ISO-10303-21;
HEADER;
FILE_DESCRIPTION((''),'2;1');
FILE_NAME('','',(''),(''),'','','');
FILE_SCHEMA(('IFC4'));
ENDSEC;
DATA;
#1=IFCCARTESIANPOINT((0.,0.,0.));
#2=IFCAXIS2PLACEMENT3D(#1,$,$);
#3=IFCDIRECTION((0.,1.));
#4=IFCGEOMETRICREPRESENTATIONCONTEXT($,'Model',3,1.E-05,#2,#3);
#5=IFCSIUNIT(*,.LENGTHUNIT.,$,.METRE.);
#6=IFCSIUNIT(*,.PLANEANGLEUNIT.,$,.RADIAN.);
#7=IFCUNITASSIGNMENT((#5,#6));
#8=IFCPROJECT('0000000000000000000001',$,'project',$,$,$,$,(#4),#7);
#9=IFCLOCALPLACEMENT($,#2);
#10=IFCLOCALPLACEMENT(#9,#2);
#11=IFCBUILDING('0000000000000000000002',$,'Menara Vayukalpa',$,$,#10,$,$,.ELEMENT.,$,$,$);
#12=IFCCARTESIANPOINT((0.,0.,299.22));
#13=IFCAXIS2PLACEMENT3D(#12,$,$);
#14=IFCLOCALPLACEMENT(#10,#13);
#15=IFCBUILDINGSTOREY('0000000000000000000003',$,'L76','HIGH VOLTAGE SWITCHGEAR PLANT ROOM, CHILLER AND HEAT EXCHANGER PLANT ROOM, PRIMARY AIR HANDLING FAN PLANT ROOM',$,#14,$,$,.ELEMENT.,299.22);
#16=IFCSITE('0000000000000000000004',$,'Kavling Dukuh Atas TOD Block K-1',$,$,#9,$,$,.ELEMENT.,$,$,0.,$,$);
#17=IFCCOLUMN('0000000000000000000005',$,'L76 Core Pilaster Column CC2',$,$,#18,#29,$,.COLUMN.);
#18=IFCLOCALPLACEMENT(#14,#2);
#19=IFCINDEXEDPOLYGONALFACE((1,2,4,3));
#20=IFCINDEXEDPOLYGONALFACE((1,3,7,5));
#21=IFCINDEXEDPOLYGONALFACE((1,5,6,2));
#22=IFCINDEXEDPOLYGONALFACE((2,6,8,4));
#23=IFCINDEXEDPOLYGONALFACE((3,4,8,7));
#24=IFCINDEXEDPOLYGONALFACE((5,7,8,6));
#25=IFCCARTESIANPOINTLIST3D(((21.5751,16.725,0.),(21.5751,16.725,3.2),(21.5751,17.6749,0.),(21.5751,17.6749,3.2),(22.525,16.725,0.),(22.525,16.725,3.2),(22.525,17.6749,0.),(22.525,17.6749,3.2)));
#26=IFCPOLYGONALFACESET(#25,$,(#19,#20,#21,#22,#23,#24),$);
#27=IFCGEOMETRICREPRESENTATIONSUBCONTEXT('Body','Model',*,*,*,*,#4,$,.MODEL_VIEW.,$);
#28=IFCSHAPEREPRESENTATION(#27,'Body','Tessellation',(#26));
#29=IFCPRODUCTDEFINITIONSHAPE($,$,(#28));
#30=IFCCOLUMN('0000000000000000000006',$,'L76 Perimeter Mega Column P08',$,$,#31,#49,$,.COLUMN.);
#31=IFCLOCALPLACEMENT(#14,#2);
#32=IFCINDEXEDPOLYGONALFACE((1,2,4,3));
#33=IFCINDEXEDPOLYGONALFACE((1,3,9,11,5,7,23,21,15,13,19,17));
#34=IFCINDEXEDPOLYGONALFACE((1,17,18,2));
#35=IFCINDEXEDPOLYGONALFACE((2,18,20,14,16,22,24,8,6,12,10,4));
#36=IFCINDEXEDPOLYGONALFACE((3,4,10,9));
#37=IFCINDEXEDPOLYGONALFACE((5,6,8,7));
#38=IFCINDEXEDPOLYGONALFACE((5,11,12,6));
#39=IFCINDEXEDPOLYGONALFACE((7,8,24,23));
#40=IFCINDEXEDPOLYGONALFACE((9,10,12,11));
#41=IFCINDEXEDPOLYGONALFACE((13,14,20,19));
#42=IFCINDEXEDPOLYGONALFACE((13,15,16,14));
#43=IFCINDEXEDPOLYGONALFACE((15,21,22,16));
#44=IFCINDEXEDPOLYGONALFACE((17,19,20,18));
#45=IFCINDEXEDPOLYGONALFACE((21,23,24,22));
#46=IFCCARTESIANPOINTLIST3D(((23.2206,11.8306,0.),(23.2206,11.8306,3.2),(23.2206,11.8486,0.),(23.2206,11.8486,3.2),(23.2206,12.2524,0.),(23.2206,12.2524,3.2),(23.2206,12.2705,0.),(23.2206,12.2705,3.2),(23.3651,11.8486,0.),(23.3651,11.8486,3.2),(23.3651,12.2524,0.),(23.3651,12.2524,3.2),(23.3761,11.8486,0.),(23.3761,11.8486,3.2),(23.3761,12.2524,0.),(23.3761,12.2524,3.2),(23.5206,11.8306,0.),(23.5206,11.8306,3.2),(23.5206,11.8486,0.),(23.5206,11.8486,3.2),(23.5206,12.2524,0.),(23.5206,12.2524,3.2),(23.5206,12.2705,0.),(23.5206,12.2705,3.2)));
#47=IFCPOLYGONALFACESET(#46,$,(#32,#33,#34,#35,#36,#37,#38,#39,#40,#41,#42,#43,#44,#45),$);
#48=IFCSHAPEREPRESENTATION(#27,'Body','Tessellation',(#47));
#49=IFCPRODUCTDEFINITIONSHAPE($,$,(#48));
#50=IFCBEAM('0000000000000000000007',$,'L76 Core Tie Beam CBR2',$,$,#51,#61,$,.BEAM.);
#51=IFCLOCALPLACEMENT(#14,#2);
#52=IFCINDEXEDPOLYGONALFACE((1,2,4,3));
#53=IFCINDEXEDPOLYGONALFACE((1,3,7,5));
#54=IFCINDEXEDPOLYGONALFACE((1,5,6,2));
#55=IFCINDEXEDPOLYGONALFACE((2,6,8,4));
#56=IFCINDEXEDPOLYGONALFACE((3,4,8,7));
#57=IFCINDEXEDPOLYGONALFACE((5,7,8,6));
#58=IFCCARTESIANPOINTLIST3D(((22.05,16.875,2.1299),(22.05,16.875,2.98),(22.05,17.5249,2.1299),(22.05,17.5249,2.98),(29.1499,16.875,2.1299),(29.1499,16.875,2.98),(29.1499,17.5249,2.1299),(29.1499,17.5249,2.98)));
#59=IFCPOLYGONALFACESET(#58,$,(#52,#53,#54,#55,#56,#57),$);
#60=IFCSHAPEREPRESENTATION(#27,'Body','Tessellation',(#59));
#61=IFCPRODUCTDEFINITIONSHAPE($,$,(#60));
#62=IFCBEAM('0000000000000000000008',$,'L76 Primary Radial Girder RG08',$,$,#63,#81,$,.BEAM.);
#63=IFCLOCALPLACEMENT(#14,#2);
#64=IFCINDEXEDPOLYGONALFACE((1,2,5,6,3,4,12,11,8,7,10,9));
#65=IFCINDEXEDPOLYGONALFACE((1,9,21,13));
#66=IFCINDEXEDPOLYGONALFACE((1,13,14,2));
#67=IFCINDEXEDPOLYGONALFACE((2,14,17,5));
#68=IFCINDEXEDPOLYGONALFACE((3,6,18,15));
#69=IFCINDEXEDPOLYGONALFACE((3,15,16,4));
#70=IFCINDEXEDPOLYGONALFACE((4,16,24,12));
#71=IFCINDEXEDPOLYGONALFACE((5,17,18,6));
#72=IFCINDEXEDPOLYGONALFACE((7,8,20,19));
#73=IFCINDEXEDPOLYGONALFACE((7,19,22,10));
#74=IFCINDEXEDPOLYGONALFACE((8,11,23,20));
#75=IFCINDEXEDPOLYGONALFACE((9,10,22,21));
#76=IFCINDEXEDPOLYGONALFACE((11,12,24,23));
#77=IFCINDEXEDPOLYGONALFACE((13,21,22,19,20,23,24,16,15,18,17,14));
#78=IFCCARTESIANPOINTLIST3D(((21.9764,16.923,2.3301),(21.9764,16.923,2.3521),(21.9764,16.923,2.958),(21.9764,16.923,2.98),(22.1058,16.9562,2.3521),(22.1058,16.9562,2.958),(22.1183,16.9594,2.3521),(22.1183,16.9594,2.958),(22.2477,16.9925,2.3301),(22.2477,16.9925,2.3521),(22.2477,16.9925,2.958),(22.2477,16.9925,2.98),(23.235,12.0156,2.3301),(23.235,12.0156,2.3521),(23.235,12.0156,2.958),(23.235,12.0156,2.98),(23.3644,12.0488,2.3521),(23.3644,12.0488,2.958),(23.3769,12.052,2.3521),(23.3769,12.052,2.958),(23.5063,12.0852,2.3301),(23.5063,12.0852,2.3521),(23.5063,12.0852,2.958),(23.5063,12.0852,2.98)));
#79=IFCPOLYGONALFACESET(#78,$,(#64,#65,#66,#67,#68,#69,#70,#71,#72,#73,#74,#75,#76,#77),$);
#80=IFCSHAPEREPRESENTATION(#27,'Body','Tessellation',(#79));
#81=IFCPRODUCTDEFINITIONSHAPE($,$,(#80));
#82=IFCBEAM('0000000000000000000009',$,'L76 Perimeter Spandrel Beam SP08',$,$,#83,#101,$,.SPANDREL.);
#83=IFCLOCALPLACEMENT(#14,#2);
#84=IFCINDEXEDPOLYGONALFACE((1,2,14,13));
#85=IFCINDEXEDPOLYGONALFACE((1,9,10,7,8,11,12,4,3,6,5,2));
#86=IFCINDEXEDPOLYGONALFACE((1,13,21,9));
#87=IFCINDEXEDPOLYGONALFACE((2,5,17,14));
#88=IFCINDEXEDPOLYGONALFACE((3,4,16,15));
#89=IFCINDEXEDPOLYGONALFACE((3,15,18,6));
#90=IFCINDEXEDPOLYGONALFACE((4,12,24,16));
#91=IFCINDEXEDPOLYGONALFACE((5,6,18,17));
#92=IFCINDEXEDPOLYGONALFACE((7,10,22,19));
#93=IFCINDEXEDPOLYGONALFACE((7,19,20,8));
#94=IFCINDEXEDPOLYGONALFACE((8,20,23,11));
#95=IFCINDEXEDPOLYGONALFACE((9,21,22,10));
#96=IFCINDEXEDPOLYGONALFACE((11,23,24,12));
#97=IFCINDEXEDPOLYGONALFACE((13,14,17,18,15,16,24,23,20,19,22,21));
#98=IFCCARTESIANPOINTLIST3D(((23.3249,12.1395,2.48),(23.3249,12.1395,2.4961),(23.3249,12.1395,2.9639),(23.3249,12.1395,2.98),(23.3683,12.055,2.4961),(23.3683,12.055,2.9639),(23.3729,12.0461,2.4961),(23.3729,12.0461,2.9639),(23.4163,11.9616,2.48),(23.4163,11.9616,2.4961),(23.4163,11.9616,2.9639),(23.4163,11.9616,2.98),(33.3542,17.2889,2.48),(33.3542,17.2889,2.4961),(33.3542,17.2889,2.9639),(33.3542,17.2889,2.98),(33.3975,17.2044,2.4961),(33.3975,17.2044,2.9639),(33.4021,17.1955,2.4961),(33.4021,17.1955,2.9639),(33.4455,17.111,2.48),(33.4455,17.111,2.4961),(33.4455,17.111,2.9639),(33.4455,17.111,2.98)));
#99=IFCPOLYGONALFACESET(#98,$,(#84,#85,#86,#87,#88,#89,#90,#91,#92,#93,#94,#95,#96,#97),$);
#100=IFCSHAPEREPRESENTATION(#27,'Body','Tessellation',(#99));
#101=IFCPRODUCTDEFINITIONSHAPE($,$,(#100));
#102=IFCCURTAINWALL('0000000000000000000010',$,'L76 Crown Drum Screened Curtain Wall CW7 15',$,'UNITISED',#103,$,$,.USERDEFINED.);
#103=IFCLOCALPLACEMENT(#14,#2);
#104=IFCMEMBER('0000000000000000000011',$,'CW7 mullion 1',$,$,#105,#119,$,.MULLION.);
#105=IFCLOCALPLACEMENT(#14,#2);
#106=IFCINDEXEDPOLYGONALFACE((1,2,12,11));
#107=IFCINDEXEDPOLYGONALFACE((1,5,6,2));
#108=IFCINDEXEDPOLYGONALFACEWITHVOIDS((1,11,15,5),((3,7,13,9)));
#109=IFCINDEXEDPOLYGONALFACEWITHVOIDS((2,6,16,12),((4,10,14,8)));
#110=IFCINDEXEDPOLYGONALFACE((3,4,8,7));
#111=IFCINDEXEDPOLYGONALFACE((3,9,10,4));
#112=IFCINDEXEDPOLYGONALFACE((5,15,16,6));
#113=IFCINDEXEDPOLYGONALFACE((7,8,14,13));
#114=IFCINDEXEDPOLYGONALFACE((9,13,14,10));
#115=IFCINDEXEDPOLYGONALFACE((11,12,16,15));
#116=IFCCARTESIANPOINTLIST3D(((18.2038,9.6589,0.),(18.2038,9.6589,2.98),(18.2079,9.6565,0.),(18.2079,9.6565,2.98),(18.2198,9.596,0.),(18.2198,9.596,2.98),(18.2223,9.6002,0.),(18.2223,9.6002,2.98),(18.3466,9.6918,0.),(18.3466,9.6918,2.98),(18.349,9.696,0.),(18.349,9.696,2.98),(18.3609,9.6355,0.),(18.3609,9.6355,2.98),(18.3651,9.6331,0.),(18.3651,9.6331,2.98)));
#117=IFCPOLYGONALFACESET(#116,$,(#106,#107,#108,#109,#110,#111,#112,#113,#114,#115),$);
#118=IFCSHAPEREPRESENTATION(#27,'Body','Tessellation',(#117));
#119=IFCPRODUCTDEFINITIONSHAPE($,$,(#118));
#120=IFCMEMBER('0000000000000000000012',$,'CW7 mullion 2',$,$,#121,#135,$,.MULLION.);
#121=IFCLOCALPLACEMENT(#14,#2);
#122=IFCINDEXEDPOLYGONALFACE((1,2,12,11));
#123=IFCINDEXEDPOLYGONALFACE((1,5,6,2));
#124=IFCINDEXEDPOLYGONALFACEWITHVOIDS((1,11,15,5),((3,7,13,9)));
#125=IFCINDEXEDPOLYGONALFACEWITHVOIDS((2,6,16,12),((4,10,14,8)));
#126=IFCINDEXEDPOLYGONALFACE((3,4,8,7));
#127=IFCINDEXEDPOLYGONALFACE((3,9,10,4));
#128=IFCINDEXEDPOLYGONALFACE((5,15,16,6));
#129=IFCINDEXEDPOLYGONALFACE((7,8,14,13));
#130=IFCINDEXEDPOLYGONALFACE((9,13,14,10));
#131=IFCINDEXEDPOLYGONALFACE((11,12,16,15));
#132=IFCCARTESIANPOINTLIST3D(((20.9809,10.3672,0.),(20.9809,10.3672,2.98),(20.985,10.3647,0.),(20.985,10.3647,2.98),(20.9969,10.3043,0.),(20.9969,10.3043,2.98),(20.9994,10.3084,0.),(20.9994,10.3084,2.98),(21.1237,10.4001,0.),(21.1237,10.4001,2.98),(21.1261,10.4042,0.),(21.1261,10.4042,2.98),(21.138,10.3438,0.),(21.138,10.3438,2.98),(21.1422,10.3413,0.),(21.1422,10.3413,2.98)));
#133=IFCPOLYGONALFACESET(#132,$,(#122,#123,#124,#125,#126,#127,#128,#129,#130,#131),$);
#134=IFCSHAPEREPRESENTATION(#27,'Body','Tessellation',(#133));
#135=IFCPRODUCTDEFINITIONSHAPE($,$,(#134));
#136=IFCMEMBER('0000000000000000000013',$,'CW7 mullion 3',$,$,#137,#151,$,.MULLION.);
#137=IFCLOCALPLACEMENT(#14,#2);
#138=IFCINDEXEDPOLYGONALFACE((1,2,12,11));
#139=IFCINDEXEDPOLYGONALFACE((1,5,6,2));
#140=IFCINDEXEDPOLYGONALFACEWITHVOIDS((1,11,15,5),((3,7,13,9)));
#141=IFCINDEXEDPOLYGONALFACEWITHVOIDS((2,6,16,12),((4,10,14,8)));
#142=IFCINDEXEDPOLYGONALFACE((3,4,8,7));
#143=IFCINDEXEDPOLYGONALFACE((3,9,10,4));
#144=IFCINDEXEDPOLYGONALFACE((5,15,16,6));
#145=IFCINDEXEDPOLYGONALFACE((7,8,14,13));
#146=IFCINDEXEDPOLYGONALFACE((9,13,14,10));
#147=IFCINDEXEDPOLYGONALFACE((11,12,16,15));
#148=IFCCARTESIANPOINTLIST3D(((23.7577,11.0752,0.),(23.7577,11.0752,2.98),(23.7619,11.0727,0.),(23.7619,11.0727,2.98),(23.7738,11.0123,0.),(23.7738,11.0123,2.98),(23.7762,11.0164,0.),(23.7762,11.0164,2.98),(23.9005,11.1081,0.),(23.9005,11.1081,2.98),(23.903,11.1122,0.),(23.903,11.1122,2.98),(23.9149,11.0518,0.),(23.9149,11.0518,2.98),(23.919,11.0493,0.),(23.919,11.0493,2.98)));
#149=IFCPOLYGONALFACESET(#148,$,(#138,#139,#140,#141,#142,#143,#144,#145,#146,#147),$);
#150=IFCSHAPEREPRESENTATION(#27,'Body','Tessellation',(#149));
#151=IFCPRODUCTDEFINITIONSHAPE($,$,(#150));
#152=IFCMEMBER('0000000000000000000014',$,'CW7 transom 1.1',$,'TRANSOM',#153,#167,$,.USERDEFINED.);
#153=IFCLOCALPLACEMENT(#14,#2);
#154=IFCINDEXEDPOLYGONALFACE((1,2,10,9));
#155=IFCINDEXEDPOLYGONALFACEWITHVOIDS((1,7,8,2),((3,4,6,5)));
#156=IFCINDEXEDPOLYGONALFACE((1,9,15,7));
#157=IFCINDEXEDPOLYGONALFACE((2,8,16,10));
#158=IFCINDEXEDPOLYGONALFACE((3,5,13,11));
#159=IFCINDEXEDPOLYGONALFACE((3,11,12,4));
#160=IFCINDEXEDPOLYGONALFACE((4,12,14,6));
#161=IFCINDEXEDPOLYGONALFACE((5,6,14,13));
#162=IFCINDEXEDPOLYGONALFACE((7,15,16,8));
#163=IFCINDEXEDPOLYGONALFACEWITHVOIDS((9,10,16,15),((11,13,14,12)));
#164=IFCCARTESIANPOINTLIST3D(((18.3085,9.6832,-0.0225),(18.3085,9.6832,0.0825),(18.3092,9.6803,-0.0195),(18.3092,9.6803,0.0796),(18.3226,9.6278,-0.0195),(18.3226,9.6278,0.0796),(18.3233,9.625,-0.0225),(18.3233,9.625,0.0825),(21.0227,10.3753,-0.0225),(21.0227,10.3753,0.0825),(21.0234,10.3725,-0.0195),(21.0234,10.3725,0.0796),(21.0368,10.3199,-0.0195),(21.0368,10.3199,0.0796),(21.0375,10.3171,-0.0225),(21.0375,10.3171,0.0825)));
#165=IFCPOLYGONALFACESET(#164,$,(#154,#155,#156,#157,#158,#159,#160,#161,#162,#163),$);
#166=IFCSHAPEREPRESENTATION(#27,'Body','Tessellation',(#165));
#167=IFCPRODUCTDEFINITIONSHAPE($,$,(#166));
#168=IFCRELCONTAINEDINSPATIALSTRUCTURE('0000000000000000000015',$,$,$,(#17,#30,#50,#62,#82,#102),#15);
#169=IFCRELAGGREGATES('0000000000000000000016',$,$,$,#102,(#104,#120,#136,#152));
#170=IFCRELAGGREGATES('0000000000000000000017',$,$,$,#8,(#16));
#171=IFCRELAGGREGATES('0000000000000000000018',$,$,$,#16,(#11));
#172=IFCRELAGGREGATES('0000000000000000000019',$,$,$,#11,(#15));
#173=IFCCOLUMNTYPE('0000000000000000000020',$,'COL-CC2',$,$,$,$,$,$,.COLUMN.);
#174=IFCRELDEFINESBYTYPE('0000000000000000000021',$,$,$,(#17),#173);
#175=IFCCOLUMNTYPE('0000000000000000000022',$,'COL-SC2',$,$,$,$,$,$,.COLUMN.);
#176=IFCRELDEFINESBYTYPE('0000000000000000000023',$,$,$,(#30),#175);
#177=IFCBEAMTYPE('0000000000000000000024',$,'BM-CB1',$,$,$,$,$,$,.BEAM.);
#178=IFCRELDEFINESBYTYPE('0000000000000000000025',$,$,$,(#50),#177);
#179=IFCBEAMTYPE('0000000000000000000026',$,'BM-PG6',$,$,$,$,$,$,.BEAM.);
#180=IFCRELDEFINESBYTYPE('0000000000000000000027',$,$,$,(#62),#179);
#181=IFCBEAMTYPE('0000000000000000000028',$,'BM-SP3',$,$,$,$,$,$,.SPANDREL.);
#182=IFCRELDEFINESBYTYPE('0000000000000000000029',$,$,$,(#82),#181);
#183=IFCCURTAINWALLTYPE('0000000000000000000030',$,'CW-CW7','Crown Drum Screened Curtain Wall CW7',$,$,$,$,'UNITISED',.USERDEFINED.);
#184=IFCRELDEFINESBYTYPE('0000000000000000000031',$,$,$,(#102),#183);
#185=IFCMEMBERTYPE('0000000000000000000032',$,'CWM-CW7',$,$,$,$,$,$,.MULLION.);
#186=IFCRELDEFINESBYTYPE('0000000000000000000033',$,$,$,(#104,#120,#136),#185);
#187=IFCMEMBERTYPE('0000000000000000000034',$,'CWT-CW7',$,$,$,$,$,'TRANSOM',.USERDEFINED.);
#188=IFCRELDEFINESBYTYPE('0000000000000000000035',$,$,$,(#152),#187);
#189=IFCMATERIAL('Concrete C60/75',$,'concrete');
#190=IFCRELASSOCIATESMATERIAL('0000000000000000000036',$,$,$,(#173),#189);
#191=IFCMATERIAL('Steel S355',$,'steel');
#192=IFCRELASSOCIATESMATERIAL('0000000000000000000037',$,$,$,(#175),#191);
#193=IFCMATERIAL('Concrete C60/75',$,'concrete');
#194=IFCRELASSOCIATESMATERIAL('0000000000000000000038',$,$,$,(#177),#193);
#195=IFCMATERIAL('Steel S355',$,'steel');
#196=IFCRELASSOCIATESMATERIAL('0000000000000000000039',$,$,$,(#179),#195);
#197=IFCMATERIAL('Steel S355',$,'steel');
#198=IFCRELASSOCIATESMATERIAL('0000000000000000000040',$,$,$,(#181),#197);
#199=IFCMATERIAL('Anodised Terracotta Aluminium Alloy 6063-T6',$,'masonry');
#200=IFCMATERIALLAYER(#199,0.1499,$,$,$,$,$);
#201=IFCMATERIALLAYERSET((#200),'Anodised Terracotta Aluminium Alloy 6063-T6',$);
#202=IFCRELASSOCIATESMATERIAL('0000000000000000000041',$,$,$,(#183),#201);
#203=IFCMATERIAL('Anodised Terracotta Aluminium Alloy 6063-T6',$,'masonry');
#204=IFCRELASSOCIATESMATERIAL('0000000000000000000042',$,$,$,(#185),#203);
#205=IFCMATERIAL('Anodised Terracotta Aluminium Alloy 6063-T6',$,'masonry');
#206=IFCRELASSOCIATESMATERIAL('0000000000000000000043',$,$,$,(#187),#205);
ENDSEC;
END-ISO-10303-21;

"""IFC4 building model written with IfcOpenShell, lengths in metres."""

from ifc_helpers import new_model, si_unit, direction, frame, origin, origin_2d, place, context, subcontext, project, spatial, rectangle, hollow_rectangle, i_section, extrude, material, layer, layer_set, material_profile, profile_set, type_object, element, aggregate, save


model = new_model("IFC4")

# Units and contexts
model_context = context("Model", 3, precision=1e-05, world=origin(), true_north=direction((0.0, 1.0)))
body_context = subcontext(model_context, "Body", "Model", "MODEL_VIEW")
ifc_project = project(units=[si_unit("LENGTHUNIT", "METRE"), si_unit("PLANEANGLEUNIT", "RADIAN")], contexts=[model_context])

# Site, building, storey
site_placement = place(None, origin())
site = spatial("IfcSite", under=ifc_project, at=site_placement, Name="Kavling Dukuh Atas TOD Block K-1", CompositionType="ELEMENT", RefElevation=0.0)
building_placement = place(site_placement, origin())
building = spatial("IfcBuilding", under=site, at=building_placement, Name="Menara Vayukalpa", CompositionType="ELEMENT")
storey_placement = place(building_placement, frame((0.0, 0.0, 299.22)))
storey = spatial("IfcBuildingStorey", under=building, at=storey_placement, Name="L76", Description="HIGH VOLTAGE SWITCHGEAR PLANT ROOM, CHILLER AND HEAT EXCHANGER PLANT ROOM, PRIMARY AIR HANDLING FAN PLANT ROOM", CompositionType="ELEMENT", Elevation=299.22)

# Columns
ifc_material_1 = material(Name="Concrete C60/75", Category="concrete")
ifc_material_profile_1 = material_profile(ifc_material_1, rectangle(XDim=0.95, YDim=0.95, at=origin_2d()), Name="RC 950x950")
ifc_profile_set_1 = profile_set([ifc_material_profile_1], Name="Concrete C60/75")
column_type_1 = type_object("IfcColumnType", Name="COL-CC2", PredefinedType="COLUMN", material=ifc_profile_set_1)
column_1_placement = place(storey_placement, frame((22.05, 17.2, 0.0), z_axis=(0.0, 0.0, 1.0), x_axis=(1.0, 0.0, 0.0)))
element("IfcColumn", 1, at=column_1_placement, inside=storey, type_object=column_type_1, Name="L76 Core Pilaster Column CC2", PredefinedType="COLUMN", context=body_context, shape_type="SweptSolid", body=[
    extrude(rectangle(XDim=0.95, YDim=0.95, at=origin_2d()), origin(), (0.0, 0.0, 1.0), 3.2),
])
ifc_material_2 = material(Name="Steel S355", Category="steel")
ifc_material_profile_2 = material_profile(ifc_material_2, i_section(OverallWidth=0.3, OverallDepth=0.4399, WebThickness=0.011, FlangeThickness=0.0181, at=origin_2d()), Name="H 440x300x11x18")
ifc_profile_set_2 = profile_set([ifc_material_profile_2], Name="Steel S355")
column_type_2 = type_object("IfcColumnType", Name="COL-SC2", PredefinedType="COLUMN", material=ifc_profile_set_2)
column_2_placement = place(storey_placement, frame((23.3706, 12.0505, 0.0), z_axis=(0.0, 0.0, 1.0), x_axis=(1.0, 0.0, 0.0)))
element("IfcColumn", 2, at=column_2_placement, inside=storey, type_object=column_type_2, Name="L76 Perimeter Mega Column P08", PredefinedType="COLUMN", context=body_context, shape_type="SweptSolid", body=[
    extrude(i_section(OverallWidth=0.3, OverallDepth=0.4399, WebThickness=0.011, FlangeThickness=0.0181, at=origin_2d()), origin(), (0.0, 0.0, 1.0), 3.2),
])

# Beams
ifc_material_3 = material(Name="Concrete C60/75", Category="concrete")
ifc_material_profile_3 = material_profile(ifc_material_3, rectangle(XDim=0.6499, YDim=0.8501, at=origin_2d()), Name="RC 650x850")
ifc_profile_set_3 = profile_set([ifc_material_profile_3], Name="Concrete C60/75")
beam_type_1 = type_object("IfcBeamType", Name="BM-CB1", PredefinedType="BEAM", material=ifc_profile_set_3)
beam_1_placement = place(storey_placement, frame((22.05, 17.2, 2.5549), z_axis=(1.0, 0.0, 0.0), x_axis=(0.0, 1.0, 0.0)))
element("IfcBeam", 3, at=beam_1_placement, inside=storey, type_object=beam_type_1, Name="L76 Core Tie Beam CBR2", PredefinedType="BEAM", context=body_context, shape_type="SweptSolid", body=[
    extrude(rectangle(XDim=0.6499, YDim=0.8501, at=origin_2d()), origin(), (0.0, 0.0, 1.0), 7.0999),
])
ifc_material_4 = material(Name="Steel S355", Category="steel")
ifc_material_profile_4 = material_profile(ifc_material_4, i_section(OverallWidth=0.28, OverallDepth=0.6499, WebThickness=0.0129, FlangeThickness=0.022, at=origin_2d()), Name="WF 650x280x13x22")
ifc_profile_set_4 = profile_set([ifc_material_profile_4], Name="Steel S355")
beam_type_2 = type_object("IfcBeamType", Name="BM-PG6", PredefinedType="BEAM", material=ifc_profile_set_4)
beam_2_placement = place(storey_placement, frame((22.1121, 16.9578, 2.655), z_axis=(0.248428, -0.96865, 0.0), x_axis=(0.96865, 0.248428, 0.0)))
element("IfcBeam", 4, at=beam_2_placement, inside=storey, type_object=beam_type_2, Name="L76 Primary Radial Girder RG08", PredefinedType="BEAM", context=body_context, shape_type="SweptSolid", body=[
    extrude(i_section(OverallWidth=0.28, OverallDepth=0.6499, WebThickness=0.0129, FlangeThickness=0.022, at=origin_2d()), origin(), (0.0, 0.0, 1.0), 5.0662),
])
ifc_material_5 = material(Name="Steel S355", Category="steel")
ifc_material_profile_5 = material_profile(ifc_material_5, i_section(OverallWidth=0.2, OverallDepth=0.5, WebThickness=0.01, FlangeThickness=0.0161, at=origin_2d()), Name="WF 500x200x10x16")
ifc_profile_set_5 = profile_set([ifc_material_profile_5], Name="Steel S355")
beam_type_3 = type_object("IfcBeamType", Name="BM-SP3", PredefinedType="SPANDREL", material=ifc_profile_set_5)
beam_3_placement = place(storey_placement, frame((23.3706, 12.0505, 2.73), z_axis=(0.889595, 0.456751, 0.0), x_axis=(-0.456751, 0.889595, 0.0)))
element("IfcBeam", 5, at=beam_3_placement, inside=storey, type_object=beam_type_3, Name="L76 Perimeter Spandrel Beam SP08", PredefinedType="SPANDREL", context=body_context, shape_type="SweptSolid", body=[
    extrude(i_section(OverallWidth=0.2, OverallDepth=0.5, WebThickness=0.01, FlangeThickness=0.0161, at=origin_2d()), origin(), (0.0, 0.0, 1.0), 11.2739),
])

# Curtain wall, members
ifc_material_6 = material(Name="Anodised Terracotta Aluminium Alloy 6063-T6", Category="masonry")
ifc_layer_1 = layer(ifc_material_6, 0.1499)
ifc_layer_set_1 = layer_set([ifc_layer_1], Name="Anodised Terracotta Aluminium Alloy 6063-T6")
curtain_wall_type = type_object("IfcCurtainWallType", Name="CW-CW7", Description="Crown Drum Screened Curtain Wall CW7", ElementType="UNITISED", PredefinedType="USERDEFINED", material=ifc_layer_set_1)
curtain_wall_placement = place(storey_placement, origin())
curtain_wall = element("IfcCurtainWall", 6, at=curtain_wall_placement, inside=storey, type_object=curtain_wall_type, Name="L76 Crown Drum Screened Curtain Wall CW7 15", ObjectType="UNITISED", PredefinedType="USERDEFINED")
ifc_material_7 = material(Name="Anodised Terracotta Aluminium Alloy 6063-T6", Category="masonry")
ifc_material_profile_6 = material_profile(ifc_material_7, hollow_rectangle(XDim=0.0649, YDim=0.1499, WallThickness=0.0034, at=origin_2d()), Name="ALU 65x150x3.5")
ifc_profile_set_6 = profile_set([ifc_material_profile_6], Name="Anodised Terracotta Aluminium Alloy 6063-T6")
member_type_1 = type_object("IfcMemberType", Name="CWM-CW7", PredefinedType="MULLION", material=ifc_profile_set_6)
member_1_placement = place(storey_placement, frame((18.2844, 9.646, 0.0), z_axis=(0.0, 0.0, 1.0), x_axis=(-0.247124, 0.968984, 0.0)))
member_1 = element("IfcMember", 7, at=member_1_placement, type_object=member_type_1, Name="CW7 mullion 1", PredefinedType="MULLION", context=body_context, shape_type="SweptSolid", body=[
    extrude(hollow_rectangle(XDim=0.0649, YDim=0.1499, WallThickness=0.0034, at=origin_2d()), origin(), (0.0, 0.0, 1.0), 2.98),
])
member_2_placement = place(storey_placement, frame((21.0615, 10.3542, 0.0), z_axis=(0.0, 0.0, 1.0), x_axis=(-0.247124, 0.968984, 0.0)))
member_2 = element("IfcMember", 8, at=member_2_placement, type_object=member_type_1, Name="CW7 mullion 2", PredefinedType="MULLION", context=body_context, shape_type="SweptSolid", body=[
    extrude(hollow_rectangle(XDim=0.0649, YDim=0.1499, WallThickness=0.0034, at=origin_2d()), origin(), (0.0, 0.0, 1.0), 2.98),
])
member_3_placement = place(storey_placement, frame((23.8384, 11.0623, 0.0), z_axis=(0.0, 0.0, 1.0), x_axis=(-0.247124, 0.968984, 0.0)))
member_3 = element("IfcMember", 9, at=member_3_placement, type_object=member_type_1, Name="CW7 mullion 3", PredefinedType="MULLION", context=body_context, shape_type="SweptSolid", body=[
    extrude(hollow_rectangle(XDim=0.0649, YDim=0.1499, WallThickness=0.0034, at=origin_2d()), origin(), (0.0, 0.0, 1.0), 2.98),
])
ifc_material_8 = material(Name="Anodised Terracotta Aluminium Alloy 6063-T6", Category="masonry")
ifc_material_profile_7 = material_profile(ifc_material_8, hollow_rectangle(XDim=0.0601, YDim=0.105, WallThickness=0.0029, at=origin_2d()), Name="ALU 60x105x3")
ifc_profile_set_7 = profile_set([ifc_material_profile_7], Name="Anodised Terracotta Aluminium Alloy 6063-T6")
member_type_2 = type_object("IfcMemberType", Name="CWT-CW7", ElementType="TRANSOM", PredefinedType="USERDEFINED", material=ifc_profile_set_7)
member_4_placement = place(storey_placement, frame((18.3159, 9.6541, 0.03), z_axis=(0.968988, 0.247106, 0.0), x_axis=(-0.247106, 0.968988, 0.0)))
member_4 = element("IfcMember", 10, at=member_4_placement, type_object=member_type_2, Name="CW7 transom 1.1", ObjectType="TRANSOM", PredefinedType="USERDEFINED", context=body_context, shape_type="SweptSolid", body=[
    extrude(hollow_rectangle(XDim=0.0601, YDim=0.105, WallThickness=0.0029, at=origin_2d()), origin(), (0.0, 0.0, 1.0), 2.801),
])
aggregate(curtain_wall, [member_1, member_2, member_3, member_4])

save(model, "model.ifc")
